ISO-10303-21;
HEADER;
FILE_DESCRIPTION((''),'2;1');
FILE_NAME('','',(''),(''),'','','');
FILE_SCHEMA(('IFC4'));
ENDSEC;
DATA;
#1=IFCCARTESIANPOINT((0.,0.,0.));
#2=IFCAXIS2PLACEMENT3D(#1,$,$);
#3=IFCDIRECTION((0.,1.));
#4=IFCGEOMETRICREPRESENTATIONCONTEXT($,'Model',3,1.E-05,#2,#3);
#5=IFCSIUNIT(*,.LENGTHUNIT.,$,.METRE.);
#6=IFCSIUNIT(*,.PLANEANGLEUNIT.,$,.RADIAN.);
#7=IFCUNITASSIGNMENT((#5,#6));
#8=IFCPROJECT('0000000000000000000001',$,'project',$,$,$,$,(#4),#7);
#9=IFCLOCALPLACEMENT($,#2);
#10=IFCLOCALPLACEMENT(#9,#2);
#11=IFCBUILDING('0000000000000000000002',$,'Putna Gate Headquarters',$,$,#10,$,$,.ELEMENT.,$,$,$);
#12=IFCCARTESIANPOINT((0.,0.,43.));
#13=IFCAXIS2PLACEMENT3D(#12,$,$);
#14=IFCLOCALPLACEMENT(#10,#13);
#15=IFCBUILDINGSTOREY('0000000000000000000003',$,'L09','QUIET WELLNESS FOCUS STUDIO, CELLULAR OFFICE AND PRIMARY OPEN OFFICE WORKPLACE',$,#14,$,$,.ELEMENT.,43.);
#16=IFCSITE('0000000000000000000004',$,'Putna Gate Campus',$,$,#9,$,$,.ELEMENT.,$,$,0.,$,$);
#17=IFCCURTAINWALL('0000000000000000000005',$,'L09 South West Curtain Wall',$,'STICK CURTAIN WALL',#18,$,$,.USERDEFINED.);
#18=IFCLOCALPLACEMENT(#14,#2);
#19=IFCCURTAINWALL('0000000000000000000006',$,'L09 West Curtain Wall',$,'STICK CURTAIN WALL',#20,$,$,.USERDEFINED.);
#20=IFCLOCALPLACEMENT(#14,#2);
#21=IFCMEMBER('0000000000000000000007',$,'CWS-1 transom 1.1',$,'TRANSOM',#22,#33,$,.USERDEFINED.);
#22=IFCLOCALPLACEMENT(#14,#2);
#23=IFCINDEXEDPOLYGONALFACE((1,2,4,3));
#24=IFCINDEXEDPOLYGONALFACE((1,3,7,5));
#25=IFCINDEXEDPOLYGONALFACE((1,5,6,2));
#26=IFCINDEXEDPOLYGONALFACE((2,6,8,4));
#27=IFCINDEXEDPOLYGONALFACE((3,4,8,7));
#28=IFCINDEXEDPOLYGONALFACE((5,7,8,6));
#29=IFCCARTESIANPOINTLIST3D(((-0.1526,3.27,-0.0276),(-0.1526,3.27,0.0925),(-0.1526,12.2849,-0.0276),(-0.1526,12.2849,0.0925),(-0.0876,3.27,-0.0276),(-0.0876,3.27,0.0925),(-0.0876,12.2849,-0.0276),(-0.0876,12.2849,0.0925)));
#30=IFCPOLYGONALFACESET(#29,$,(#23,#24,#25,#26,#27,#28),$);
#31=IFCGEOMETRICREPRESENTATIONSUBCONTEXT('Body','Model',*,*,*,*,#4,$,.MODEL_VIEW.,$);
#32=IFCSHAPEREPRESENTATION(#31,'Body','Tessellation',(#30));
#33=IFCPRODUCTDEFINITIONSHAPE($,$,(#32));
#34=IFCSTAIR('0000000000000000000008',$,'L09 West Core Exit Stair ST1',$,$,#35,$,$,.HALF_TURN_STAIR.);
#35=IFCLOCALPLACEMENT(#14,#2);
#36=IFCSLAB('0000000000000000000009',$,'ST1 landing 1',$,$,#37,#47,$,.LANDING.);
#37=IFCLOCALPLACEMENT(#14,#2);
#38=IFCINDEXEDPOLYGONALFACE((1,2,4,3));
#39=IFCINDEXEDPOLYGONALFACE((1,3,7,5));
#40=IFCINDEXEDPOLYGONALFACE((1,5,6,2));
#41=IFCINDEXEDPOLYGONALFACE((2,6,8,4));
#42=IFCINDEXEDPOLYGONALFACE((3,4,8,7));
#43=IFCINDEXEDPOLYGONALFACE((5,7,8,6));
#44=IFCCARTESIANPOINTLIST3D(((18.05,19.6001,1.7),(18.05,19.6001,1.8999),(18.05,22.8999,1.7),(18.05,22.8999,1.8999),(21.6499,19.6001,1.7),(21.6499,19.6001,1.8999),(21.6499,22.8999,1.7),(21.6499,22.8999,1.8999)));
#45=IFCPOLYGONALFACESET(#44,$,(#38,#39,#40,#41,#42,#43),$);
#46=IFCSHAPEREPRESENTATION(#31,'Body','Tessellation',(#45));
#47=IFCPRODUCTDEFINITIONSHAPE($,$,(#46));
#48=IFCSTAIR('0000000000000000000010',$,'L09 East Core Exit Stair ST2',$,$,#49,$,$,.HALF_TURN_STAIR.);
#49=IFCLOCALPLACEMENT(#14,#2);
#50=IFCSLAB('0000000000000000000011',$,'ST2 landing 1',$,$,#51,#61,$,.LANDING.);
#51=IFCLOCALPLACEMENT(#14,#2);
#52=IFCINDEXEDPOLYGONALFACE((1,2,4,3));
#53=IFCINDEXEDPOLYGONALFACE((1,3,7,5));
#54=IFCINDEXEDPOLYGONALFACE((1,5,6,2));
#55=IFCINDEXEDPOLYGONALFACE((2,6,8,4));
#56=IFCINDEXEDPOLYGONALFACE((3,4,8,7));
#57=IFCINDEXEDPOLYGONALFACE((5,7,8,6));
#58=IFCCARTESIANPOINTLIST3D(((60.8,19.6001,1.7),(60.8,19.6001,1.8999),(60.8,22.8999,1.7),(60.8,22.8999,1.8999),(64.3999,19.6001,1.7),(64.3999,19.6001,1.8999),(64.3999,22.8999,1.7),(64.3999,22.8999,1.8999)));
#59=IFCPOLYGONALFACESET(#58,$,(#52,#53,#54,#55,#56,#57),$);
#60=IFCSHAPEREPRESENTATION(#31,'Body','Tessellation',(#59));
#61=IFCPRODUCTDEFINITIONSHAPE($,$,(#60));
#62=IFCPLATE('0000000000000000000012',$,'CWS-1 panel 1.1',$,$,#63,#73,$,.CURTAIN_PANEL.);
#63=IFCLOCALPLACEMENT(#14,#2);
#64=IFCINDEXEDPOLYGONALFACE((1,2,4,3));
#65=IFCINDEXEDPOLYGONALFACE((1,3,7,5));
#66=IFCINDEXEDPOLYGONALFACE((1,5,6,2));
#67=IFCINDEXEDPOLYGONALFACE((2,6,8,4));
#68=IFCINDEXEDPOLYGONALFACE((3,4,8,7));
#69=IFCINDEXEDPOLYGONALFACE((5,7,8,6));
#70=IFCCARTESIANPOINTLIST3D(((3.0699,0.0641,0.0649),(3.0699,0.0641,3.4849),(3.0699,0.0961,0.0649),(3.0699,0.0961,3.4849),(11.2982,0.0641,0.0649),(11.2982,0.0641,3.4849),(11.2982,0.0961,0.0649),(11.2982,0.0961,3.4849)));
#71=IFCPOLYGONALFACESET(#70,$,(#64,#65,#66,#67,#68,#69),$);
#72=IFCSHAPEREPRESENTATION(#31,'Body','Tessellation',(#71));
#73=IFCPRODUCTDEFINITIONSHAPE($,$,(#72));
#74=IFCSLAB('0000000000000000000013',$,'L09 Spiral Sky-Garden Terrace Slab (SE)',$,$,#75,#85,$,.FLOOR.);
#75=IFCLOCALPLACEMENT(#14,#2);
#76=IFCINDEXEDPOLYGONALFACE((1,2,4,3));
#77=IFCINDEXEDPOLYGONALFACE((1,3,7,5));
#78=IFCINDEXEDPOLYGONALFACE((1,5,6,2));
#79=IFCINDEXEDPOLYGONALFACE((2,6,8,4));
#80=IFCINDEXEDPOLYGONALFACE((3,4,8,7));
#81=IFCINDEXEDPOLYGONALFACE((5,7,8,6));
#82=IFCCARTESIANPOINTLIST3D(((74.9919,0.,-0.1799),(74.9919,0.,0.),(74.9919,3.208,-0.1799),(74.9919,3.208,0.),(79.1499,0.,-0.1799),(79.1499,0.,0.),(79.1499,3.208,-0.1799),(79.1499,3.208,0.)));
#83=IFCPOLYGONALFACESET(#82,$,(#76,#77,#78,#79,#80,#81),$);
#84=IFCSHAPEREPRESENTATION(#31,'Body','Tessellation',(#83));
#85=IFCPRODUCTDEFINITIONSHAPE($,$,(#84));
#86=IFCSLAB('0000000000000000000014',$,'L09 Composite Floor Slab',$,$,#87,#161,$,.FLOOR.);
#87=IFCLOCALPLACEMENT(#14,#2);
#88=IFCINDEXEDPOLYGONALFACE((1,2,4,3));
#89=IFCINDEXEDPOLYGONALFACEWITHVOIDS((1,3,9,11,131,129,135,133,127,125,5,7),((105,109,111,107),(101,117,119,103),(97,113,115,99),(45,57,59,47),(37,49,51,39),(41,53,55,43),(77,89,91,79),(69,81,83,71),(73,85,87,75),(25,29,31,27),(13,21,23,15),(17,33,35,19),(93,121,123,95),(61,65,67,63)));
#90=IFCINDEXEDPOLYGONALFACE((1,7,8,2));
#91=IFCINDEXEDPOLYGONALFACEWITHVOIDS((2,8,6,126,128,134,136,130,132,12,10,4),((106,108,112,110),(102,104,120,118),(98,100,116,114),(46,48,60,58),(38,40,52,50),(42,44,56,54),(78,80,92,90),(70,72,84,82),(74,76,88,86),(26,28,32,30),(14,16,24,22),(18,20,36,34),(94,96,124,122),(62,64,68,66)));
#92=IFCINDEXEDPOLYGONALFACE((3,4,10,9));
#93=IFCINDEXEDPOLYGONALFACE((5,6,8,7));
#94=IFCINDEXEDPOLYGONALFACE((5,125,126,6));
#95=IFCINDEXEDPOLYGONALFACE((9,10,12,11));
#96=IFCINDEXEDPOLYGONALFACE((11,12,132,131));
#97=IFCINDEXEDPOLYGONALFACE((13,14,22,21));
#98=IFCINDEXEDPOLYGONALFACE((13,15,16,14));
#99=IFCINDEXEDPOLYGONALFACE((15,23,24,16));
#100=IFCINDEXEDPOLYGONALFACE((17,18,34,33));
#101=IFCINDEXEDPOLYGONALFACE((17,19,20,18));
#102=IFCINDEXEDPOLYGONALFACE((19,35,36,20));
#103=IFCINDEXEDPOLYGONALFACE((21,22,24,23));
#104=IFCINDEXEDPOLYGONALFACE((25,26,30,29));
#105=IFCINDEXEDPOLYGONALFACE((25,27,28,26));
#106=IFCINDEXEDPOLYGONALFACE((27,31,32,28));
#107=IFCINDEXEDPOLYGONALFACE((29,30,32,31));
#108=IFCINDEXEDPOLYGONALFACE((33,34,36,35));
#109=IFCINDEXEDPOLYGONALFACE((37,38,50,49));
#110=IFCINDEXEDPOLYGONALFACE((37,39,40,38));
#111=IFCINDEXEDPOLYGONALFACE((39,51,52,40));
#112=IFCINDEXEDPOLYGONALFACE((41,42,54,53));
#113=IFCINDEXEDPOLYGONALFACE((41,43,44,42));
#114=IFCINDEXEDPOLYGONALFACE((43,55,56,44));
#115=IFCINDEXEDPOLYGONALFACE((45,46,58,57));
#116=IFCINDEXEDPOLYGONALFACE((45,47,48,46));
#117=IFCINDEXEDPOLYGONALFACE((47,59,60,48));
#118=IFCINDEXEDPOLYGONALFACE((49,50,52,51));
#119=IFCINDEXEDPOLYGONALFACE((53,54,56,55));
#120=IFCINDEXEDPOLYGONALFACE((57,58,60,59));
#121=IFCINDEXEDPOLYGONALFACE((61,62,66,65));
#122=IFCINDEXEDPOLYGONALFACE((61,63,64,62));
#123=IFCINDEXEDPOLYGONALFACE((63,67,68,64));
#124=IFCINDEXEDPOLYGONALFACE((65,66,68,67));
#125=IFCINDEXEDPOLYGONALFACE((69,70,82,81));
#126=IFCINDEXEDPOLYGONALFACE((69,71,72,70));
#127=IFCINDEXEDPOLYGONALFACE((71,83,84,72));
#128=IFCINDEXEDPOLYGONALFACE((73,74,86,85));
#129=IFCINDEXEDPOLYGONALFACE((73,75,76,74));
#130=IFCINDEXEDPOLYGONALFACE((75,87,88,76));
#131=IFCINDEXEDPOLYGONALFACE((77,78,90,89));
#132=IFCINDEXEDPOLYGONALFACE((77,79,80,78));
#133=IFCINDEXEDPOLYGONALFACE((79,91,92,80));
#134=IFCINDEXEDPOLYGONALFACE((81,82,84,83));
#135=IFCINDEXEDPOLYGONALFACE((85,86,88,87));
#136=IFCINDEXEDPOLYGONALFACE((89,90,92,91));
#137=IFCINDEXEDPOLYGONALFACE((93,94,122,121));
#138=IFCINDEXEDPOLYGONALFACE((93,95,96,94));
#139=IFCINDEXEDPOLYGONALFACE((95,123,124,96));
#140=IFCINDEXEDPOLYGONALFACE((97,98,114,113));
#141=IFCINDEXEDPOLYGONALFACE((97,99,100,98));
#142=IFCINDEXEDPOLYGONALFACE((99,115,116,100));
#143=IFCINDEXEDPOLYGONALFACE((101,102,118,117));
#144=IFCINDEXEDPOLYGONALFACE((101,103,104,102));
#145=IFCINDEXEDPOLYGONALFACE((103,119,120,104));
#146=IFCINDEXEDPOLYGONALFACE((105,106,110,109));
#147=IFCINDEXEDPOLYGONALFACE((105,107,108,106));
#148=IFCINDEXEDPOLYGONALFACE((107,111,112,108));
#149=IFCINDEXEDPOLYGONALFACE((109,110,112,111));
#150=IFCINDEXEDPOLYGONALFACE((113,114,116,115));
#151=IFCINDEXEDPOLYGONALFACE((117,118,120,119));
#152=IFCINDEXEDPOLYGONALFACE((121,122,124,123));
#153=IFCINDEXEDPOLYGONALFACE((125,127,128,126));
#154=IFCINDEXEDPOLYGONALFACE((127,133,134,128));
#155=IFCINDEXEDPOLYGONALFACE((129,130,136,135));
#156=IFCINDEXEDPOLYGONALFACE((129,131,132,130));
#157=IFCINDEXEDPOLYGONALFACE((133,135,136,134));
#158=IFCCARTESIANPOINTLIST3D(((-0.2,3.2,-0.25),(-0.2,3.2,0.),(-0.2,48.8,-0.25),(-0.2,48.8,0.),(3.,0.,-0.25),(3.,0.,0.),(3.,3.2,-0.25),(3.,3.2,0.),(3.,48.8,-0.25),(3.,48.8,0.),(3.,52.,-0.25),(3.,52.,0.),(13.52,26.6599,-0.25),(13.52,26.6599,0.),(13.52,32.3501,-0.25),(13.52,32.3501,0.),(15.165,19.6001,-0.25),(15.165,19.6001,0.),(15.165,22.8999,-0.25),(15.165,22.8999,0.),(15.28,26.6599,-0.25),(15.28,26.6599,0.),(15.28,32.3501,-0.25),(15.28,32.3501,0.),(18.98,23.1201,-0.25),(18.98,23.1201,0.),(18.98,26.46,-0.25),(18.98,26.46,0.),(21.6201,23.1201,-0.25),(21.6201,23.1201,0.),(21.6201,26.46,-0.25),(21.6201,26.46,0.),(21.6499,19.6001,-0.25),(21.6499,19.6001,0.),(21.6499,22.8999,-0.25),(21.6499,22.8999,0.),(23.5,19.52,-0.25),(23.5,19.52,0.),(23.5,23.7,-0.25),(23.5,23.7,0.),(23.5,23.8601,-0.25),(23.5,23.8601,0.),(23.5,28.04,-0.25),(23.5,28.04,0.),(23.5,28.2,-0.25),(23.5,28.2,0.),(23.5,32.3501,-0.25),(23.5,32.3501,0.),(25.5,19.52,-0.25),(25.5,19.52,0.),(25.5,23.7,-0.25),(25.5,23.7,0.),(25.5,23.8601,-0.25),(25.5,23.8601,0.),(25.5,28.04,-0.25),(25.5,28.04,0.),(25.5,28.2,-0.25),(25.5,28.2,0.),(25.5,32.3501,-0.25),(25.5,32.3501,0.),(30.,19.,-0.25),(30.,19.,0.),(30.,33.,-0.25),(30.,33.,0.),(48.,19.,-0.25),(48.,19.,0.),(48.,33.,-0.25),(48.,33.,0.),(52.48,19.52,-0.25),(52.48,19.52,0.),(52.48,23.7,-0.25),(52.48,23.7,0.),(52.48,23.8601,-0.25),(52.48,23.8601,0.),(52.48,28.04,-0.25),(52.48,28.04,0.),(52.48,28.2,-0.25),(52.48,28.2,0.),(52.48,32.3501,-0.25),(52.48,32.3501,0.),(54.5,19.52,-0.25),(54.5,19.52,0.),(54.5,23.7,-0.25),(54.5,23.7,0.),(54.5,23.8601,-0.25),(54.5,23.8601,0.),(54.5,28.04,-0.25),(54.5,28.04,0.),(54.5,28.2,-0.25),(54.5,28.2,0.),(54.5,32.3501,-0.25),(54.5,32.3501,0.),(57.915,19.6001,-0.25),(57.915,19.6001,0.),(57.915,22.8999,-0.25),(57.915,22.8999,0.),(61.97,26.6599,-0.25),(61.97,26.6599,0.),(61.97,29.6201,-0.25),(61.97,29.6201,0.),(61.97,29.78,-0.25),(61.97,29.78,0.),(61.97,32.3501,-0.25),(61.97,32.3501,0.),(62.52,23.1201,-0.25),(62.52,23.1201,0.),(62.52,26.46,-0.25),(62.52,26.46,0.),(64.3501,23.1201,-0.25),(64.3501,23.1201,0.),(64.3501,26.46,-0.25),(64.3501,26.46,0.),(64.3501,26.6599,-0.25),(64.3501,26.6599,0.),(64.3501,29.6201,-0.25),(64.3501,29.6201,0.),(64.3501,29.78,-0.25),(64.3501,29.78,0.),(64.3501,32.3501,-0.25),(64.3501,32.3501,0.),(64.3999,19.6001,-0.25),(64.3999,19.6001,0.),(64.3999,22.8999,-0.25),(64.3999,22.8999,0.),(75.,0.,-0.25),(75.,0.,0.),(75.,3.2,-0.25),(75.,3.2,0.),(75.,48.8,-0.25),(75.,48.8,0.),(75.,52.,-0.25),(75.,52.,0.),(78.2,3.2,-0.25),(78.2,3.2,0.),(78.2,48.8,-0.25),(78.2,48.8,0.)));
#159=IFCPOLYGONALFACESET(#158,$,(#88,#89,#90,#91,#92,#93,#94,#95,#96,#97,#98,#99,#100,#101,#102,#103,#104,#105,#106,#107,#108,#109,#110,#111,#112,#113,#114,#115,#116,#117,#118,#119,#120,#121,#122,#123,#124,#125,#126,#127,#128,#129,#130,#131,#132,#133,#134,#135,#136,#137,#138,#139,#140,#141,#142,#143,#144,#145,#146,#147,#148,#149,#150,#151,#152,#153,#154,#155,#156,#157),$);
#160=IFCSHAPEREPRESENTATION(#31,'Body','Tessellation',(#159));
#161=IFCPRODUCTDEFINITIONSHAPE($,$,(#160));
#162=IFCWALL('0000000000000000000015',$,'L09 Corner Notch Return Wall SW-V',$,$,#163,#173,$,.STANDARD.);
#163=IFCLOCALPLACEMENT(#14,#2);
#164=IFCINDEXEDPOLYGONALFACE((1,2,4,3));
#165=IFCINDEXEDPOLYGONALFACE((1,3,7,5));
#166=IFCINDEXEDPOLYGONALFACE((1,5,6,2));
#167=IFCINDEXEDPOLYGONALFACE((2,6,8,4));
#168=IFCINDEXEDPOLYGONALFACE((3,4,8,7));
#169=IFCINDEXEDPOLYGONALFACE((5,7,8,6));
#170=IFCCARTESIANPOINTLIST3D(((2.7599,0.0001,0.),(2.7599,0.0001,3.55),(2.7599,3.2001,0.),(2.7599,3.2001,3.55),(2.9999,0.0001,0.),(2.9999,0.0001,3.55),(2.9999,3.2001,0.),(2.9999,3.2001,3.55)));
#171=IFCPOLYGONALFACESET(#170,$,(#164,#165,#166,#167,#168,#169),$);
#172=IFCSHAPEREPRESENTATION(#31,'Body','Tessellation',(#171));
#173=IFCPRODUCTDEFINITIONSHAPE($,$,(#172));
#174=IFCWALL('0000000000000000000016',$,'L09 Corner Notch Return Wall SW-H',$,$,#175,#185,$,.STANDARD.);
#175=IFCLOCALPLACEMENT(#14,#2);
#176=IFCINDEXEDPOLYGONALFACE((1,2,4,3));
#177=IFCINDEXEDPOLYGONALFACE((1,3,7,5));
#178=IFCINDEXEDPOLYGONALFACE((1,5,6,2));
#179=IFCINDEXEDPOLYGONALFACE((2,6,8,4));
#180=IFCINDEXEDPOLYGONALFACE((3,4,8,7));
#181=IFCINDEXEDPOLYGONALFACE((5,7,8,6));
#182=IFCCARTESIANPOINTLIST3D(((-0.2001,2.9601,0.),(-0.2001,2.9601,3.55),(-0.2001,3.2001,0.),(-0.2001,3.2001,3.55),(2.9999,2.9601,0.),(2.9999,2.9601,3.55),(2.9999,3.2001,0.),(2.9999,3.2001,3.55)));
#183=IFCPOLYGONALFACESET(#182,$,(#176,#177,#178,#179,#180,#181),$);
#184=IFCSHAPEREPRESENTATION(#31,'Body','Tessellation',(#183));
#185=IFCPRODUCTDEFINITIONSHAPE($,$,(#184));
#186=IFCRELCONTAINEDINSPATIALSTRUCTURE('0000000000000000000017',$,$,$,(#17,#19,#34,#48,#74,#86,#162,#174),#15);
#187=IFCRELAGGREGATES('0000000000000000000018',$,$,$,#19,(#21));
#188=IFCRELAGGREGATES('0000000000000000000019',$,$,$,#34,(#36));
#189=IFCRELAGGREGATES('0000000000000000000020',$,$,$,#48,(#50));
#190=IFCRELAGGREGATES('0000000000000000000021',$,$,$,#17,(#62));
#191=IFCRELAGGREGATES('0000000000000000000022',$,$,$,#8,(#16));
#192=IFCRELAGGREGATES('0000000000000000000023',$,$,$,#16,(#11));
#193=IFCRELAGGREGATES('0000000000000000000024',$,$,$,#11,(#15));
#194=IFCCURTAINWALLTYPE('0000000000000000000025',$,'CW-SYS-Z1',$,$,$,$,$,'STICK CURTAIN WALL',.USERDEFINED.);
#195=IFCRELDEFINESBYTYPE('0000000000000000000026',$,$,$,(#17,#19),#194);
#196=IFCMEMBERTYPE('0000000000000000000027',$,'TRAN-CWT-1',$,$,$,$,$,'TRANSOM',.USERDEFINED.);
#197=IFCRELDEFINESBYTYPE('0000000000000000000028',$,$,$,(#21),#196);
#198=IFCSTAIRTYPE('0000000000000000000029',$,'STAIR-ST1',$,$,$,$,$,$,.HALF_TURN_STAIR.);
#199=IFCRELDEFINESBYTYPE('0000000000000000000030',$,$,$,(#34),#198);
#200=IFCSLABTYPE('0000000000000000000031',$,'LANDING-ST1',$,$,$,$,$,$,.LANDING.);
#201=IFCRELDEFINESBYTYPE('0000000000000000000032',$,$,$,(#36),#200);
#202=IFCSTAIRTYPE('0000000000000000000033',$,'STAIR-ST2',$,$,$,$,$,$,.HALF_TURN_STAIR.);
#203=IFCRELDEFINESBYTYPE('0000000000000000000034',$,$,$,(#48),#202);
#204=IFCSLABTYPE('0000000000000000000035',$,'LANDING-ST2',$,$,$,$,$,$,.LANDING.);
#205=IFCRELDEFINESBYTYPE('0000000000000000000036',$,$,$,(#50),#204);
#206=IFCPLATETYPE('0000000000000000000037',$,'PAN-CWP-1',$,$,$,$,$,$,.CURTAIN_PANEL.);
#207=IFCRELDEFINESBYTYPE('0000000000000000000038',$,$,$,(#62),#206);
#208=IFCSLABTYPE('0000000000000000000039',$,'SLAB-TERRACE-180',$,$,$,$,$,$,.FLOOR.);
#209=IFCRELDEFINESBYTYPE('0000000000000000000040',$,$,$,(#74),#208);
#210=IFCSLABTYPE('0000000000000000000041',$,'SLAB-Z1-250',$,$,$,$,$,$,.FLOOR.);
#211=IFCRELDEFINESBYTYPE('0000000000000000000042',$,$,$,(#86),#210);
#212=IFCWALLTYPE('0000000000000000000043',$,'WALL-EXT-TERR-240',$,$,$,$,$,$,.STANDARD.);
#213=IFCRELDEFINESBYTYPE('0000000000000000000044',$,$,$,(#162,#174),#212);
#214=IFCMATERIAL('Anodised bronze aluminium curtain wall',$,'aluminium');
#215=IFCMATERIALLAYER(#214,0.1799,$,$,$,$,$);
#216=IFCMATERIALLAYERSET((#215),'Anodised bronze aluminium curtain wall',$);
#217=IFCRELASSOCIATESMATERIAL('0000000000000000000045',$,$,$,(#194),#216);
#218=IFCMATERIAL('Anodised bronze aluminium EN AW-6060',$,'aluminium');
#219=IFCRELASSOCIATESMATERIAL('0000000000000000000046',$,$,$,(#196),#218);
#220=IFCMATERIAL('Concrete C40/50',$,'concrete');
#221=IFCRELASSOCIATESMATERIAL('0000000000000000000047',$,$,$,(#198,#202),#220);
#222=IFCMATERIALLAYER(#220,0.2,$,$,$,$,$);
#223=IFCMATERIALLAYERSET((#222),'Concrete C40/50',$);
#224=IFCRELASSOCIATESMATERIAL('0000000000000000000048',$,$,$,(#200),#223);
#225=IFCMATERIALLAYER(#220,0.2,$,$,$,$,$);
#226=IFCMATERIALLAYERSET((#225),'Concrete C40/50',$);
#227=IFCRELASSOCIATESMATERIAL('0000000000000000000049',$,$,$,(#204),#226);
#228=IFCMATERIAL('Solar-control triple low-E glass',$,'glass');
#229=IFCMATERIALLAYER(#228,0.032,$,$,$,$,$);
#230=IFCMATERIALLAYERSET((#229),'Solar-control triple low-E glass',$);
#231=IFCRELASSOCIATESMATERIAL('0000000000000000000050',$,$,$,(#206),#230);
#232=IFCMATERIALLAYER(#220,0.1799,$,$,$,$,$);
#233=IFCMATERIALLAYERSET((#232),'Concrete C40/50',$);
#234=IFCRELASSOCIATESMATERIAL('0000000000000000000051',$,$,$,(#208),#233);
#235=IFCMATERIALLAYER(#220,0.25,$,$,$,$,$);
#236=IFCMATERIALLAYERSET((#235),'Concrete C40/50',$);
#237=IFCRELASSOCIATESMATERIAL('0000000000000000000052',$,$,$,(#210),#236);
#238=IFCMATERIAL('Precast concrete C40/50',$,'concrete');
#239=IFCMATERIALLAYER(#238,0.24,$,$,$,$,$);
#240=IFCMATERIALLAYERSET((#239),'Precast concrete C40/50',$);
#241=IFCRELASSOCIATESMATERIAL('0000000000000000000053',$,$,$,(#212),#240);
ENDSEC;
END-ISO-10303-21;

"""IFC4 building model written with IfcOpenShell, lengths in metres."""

from ifc_helpers import new_model, si_unit, direction, frame, frame_2d, origin, origin_2d, place, context, subcontext, project, spatial, polyline, rectangle, outline, extrude, material, layer, layer_set, material_profile, profile_set, type_object, element, aggregate, save


model = new_model("IFC4")

# Units and contexts
model_context = context("Model", 3, precision=1e-05, world=origin(), true_north=direction((0.0, 1.0)))
body_context = subcontext(model_context, "Body", "Model", "MODEL_VIEW")
ifc_project = project(units=[si_unit("LENGTHUNIT", "METRE"), si_unit("PLANEANGLEUNIT", "RADIAN")], contexts=[model_context])

# Site, building, storey
site_placement = place(None, origin())
site = spatial("IfcSite", under=ifc_project, at=site_placement, Name="Putna Gate Campus", CompositionType="ELEMENT", RefElevation=0.0)
building_placement = place(site_placement, origin())
building = spatial("IfcBuilding", under=site, at=building_placement, Name="Putna Gate Headquarters", CompositionType="ELEMENT")
storey_placement = place(building_placement, frame((0.0, 0.0, 43.0)))
storey = spatial("IfcBuildingStorey", under=building, at=storey_placement, Name="L09", Description="QUIET WELLNESS FOCUS STUDIO, CELLULAR OFFICE AND PRIMARY OPEN OFFICE WORKPLACE", CompositionType="ELEMENT", Elevation=43.0)

# Curtain wall
ifc_material_1 = material(Name="Anodised bronze aluminium curtain wall", Category="aluminium")
ifc_layer_1 = layer(ifc_material_1, 0.1799)
ifc_layer_set_1 = layer_set([ifc_layer_1], Name="Anodised bronze aluminium curtain wall")
curtain_wall_type = type_object("IfcCurtainWallType", Name="CW-SYS-Z1", ElementType="STICK CURTAIN WALL", PredefinedType="USERDEFINED", material=ifc_layer_set_1)
curtain_wall_1_placement = place(storey_placement, origin())
curtain_wall_1 = element("IfcCurtainWall", 1, at=curtain_wall_1_placement, inside=storey, type_object=curtain_wall_type, Name="L09 South West Curtain Wall", ObjectType="STICK CURTAIN WALL", PredefinedType="USERDEFINED")
ifc_material_2 = material(Name="Anodised bronze aluminium EN AW-6060", Category="aluminium")

# Curtain wall
curtain_wall_2_placement = place(storey_placement, origin())
curtain_wall_2 = element("IfcCurtainWall", 2, at=curtain_wall_2_placement, inside=storey, type_object=curtain_wall_type, Name="L09 West Curtain Wall", ObjectType="STICK CURTAIN WALL", PredefinedType="USERDEFINED")

# Member
ifc_material_profile_1 = material_profile(ifc_material_2, rectangle(XDim=0.0649, YDim=0.1201, at=origin_2d()), Name="Anodised bronze aluminium EN AW-6060")
ifc_profile_set_1 = profile_set([ifc_material_profile_1], Name="Anodised bronze aluminium EN AW-6060")
member_type_1 = type_object("IfcMemberType", Name="TRAN-CWT-1", ElementType="TRANSOM", PredefinedType="USERDEFINED", material=ifc_profile_set_1)
member_1_placement = place(storey_placement, frame((-0.1201, 3.27, 0.0325), z_axis=(0.0, 1.0, 0.0), x_axis=(-1.0, 0.0, 0.0)))
member_1 = element("IfcMember", 3, at=member_1_placement, type_object=member_type_1, Name="CWS-1 transom 1.1", ObjectType="TRANSOM", PredefinedType="USERDEFINED", context=body_context, shape_type="SweptSolid", body=[
    extrude(rectangle(XDim=0.0649, YDim=0.1201, at=origin_2d()), origin(), (0.0, 0.0, 1.0), 9.0149),
])
aggregate(curtain_wall_2, [member_1])

# Stairs, slabs
ifc_material_3 = material(Name="Concrete C40/50", Category="concrete")
stair_type_1 = type_object("IfcStairType", Name="STAIR-ST1", PredefinedType="HALF_TURN_STAIR", material=ifc_material_3)
stair_1_placement = place(storey_placement, origin())
stair_1 = element("IfcStair", 4, at=stair_1_placement, inside=storey, type_object=stair_type_1, Name="L09 West Core Exit Stair ST1", PredefinedType="HALF_TURN_STAIR")
ifc_layer_2 = layer(ifc_material_3, 0.2)
ifc_layer_set_2 = layer_set([ifc_layer_2], Name="Concrete C40/50")
slab_type_1 = type_object("IfcSlabType", Name="LANDING-ST1", PredefinedType="LANDING", material=ifc_layer_set_2)
slab_1_placement = place(storey_placement, frame((0.0, 0.0, 1.7)))
slab_1 = element("IfcSlab", 5, at=slab_1_placement, type_object=slab_type_1, Name="ST1 landing 1", PredefinedType="LANDING", context=body_context, shape_type="SweptSolid", body=[
    extrude(outline(polyline([(18.05, 19.6001), (21.6499, 19.6001), (21.6499, 22.8999), (18.05, 22.8999), (18.05, 19.6001)])), origin(), (0.0, 0.0, 1.0), 0.2),
])
aggregate(stair_1, [slab_1])
stair_type_2 = type_object("IfcStairType", Name="STAIR-ST2", PredefinedType="HALF_TURN_STAIR", material=ifc_material_3)
stair_2_placement = place(storey_placement, origin())
stair_2 = element("IfcStair", 6, at=stair_2_placement, inside=storey, type_object=stair_type_2, Name="L09 East Core Exit Stair ST2", PredefinedType="HALF_TURN_STAIR")
ifc_layer_3 = layer(ifc_material_3, 0.2)
ifc_layer_set_3 = layer_set([ifc_layer_3], Name="Concrete C40/50")
slab_type_2 = type_object("IfcSlabType", Name="LANDING-ST2", PredefinedType="LANDING", material=ifc_layer_set_3)
slab_2_placement = place(storey_placement, frame((0.0, 0.0, 1.7)))
slab_2 = element("IfcSlab", 7, at=slab_2_placement, type_object=slab_type_2, Name="ST2 landing 1", PredefinedType="LANDING", context=body_context, shape_type="SweptSolid", body=[
    extrude(outline(polyline([(60.8, 19.6001), (64.3999, 19.6001), (64.3999, 22.8999), (60.8, 22.8999), (60.8, 19.6001)])), origin(), (0.0, 0.0, 1.0), 0.2),
])
aggregate(stair_2, [slab_2])

# Plate
ifc_material_4 = material(Name="Solar-control triple low-E glass", Category="glass")
ifc_layer_4 = layer(ifc_material_4, 0.032)
ifc_layer_set_4 = layer_set([ifc_layer_4], Name="Solar-control triple low-E glass")
plate_type = type_object("IfcPlateType", Name="PAN-CWP-1", PredefinedType="CURTAIN_PANEL", material=ifc_layer_set_4)
plate_placement = place(storey_placement, frame((7.1841, 0.0801, 0.0649), z_axis=(0.0, 0.0, 1.0), x_axis=(1.0, 0.0, 0.0)))
plate = element("IfcPlate", 8, at=plate_placement, type_object=plate_type, Name="CWS-1 panel 1.1", PredefinedType="CURTAIN_PANEL", context=body_context, shape_type="SweptSolid", body=[
    extrude(rectangle(XDim=8.2283, YDim=0.032, at=origin_2d()), origin(), (0.0, 0.0, 1.0), 3.4199),
])
aggregate(curtain_wall_1, [plate])

# Slabs
ifc_layer_5 = layer(ifc_material_3, 0.1799)
ifc_layer_set_5 = layer_set([ifc_layer_5], Name="Concrete C40/50")
slab_type_3 = type_object("IfcSlabType", Name="SLAB-TERRACE-180", PredefinedType="FLOOR", material=ifc_layer_set_5)
slab_3_placement = place(storey_placement, frame((0.0, 0.0, -0.1799)))
element("IfcSlab", 9, at=slab_3_placement, inside=storey, type_object=slab_type_3, Name="L09 Spiral Sky-Garden Terrace Slab (SE)", PredefinedType="FLOOR", context=body_context, shape_type="SweptSolid", body=[
    extrude(outline(polyline([(74.9919, 0.0), (79.1499, 0.0), (79.1499, 3.208), (74.9919, 3.208), (74.9919, 0.0)])), origin(), (0.0, 0.0, 1.0), 0.1799),
])
ifc_layer_6 = layer(ifc_material_3, 0.25)
ifc_layer_set_6 = layer_set([ifc_layer_6], Name="Concrete C40/50")
slab_type_4 = type_object("IfcSlabType", Name="SLAB-Z1-250", PredefinedType="FLOOR", material=ifc_layer_set_6)
slab_4_placement = place(storey_placement, frame((0.0, 0.0, -0.25)))
element("IfcSlab", 10, at=slab_4_placement, inside=storey, type_object=slab_type_4, Name="L09 Composite Floor Slab", PredefinedType="FLOOR", context=body_context, shape_type="SweptSolid", body=[
    extrude(outline(polyline([(3.0, 0.0), (75.0, 0.0), (75.0, 3.2), (78.2, 3.2), (78.2, 48.8), (75.0, 48.8), (75.0, 52.0), (3.0, 52.0), (3.0, 48.8), (-0.2, 48.8), (-0.2, 3.2), (3.0, 3.2), (3.0, 0.0)]), holes=[polyline([(15.165, 19.6001), (21.6499, 19.6001), (21.6499, 22.8999), (15.165, 22.8999), (15.165, 19.6001)]), polyline([(57.915, 19.6001), (64.3999, 19.6001), (64.3999, 22.8999), (57.915, 22.8999), (57.915, 19.6001)]), polyline([(13.52, 26.6599), (15.28, 26.6599), (15.28, 32.3501), (13.52, 32.3501), (13.52, 26.6599)]), polyline([(61.97, 29.78), (64.3501, 29.78), (64.3501, 32.3501), (61.97, 32.3501), (61.97, 29.78)]), polyline([(18.98, 23.1201), (21.6201, 23.1201), (21.6201, 26.46), (18.98, 26.46), (18.98, 23.1201)]), polyline([(62.52, 23.1201), (64.3501, 23.1201), (64.3501, 26.46), (62.52, 26.46), (62.52, 23.1201)]), polyline([(61.97, 26.6599), (64.3501, 26.6599), (64.3501, 29.6201), (61.97, 29.6201), (61.97, 26.6599)]), polyline([(23.5, 19.52), (25.5, 19.52), (25.5, 23.7), (23.5, 23.7), (23.5, 19.52)]), polyline([(52.48, 19.52), (54.5, 19.52), (54.5, 23.7), (52.48, 23.7), (52.48, 19.52)]), polyline([(23.5, 23.8601), (25.5, 23.8601), (25.5, 28.04), (23.5, 28.04), (23.5, 23.8601)]), polyline([(52.48, 23.8601), (54.5, 23.8601), (54.5, 28.04), (52.48, 28.04), (52.48, 23.8601)]), polyline([(23.5, 28.2), (25.5, 28.2), (25.5, 32.3501), (23.5, 32.3501), (23.5, 28.2)]), polyline([(52.48, 28.2), (54.5, 28.2), (54.5, 32.3501), (52.48, 32.3501), (52.48, 28.2)]), polyline([(30.0, 19.0), (48.0, 19.0), (48.0, 33.0), (30.0, 33.0), (30.0, 19.0)])]), origin(), (0.0, 0.0, 1.0), 0.25),
])

# Walls
ifc_material_5 = material(Name="Precast concrete C40/50", Category="concrete")
ifc_layer_7 = layer(ifc_material_5, 0.24)
ifc_layer_set_7 = layer_set([ifc_layer_7], Name="Precast concrete C40/50")
wall_type_1 = type_object("IfcWallType", Name="WALL-EXT-TERR-240", PredefinedType="STANDARD", material=ifc_layer_set_7)
for number, where, z_axis, x_axis, name in (
    (11, (2.8799, 0.0, 0.0), (0.0, 0.0, 1.0), (0.0, 1.0, 0.0), "L09 Corner Notch Return Wall SW-V"),
    (12, (3.0, 3.0801, 0.0), (0.0, 0.0, 1.0), (-1.0, 0.0, 0.0), "L09 Corner Notch Return Wall SW-H"),
):
    element("IfcWall", number, at=place(storey_placement, frame(where, z_axis=z_axis, x_axis=x_axis)), inside=storey, type_object=wall_type_1, Name=name, PredefinedType="STANDARD", context=body_context, shape_type="SweptSolid", body=[
        extrude(rectangle(XDim=3.2, YDim=0.24, at=frame_2d((1.6001, 0.0))), origin(), (0.0, 0.0, 1.0), 3.55),
    ])

save(model, "model.ifc")
